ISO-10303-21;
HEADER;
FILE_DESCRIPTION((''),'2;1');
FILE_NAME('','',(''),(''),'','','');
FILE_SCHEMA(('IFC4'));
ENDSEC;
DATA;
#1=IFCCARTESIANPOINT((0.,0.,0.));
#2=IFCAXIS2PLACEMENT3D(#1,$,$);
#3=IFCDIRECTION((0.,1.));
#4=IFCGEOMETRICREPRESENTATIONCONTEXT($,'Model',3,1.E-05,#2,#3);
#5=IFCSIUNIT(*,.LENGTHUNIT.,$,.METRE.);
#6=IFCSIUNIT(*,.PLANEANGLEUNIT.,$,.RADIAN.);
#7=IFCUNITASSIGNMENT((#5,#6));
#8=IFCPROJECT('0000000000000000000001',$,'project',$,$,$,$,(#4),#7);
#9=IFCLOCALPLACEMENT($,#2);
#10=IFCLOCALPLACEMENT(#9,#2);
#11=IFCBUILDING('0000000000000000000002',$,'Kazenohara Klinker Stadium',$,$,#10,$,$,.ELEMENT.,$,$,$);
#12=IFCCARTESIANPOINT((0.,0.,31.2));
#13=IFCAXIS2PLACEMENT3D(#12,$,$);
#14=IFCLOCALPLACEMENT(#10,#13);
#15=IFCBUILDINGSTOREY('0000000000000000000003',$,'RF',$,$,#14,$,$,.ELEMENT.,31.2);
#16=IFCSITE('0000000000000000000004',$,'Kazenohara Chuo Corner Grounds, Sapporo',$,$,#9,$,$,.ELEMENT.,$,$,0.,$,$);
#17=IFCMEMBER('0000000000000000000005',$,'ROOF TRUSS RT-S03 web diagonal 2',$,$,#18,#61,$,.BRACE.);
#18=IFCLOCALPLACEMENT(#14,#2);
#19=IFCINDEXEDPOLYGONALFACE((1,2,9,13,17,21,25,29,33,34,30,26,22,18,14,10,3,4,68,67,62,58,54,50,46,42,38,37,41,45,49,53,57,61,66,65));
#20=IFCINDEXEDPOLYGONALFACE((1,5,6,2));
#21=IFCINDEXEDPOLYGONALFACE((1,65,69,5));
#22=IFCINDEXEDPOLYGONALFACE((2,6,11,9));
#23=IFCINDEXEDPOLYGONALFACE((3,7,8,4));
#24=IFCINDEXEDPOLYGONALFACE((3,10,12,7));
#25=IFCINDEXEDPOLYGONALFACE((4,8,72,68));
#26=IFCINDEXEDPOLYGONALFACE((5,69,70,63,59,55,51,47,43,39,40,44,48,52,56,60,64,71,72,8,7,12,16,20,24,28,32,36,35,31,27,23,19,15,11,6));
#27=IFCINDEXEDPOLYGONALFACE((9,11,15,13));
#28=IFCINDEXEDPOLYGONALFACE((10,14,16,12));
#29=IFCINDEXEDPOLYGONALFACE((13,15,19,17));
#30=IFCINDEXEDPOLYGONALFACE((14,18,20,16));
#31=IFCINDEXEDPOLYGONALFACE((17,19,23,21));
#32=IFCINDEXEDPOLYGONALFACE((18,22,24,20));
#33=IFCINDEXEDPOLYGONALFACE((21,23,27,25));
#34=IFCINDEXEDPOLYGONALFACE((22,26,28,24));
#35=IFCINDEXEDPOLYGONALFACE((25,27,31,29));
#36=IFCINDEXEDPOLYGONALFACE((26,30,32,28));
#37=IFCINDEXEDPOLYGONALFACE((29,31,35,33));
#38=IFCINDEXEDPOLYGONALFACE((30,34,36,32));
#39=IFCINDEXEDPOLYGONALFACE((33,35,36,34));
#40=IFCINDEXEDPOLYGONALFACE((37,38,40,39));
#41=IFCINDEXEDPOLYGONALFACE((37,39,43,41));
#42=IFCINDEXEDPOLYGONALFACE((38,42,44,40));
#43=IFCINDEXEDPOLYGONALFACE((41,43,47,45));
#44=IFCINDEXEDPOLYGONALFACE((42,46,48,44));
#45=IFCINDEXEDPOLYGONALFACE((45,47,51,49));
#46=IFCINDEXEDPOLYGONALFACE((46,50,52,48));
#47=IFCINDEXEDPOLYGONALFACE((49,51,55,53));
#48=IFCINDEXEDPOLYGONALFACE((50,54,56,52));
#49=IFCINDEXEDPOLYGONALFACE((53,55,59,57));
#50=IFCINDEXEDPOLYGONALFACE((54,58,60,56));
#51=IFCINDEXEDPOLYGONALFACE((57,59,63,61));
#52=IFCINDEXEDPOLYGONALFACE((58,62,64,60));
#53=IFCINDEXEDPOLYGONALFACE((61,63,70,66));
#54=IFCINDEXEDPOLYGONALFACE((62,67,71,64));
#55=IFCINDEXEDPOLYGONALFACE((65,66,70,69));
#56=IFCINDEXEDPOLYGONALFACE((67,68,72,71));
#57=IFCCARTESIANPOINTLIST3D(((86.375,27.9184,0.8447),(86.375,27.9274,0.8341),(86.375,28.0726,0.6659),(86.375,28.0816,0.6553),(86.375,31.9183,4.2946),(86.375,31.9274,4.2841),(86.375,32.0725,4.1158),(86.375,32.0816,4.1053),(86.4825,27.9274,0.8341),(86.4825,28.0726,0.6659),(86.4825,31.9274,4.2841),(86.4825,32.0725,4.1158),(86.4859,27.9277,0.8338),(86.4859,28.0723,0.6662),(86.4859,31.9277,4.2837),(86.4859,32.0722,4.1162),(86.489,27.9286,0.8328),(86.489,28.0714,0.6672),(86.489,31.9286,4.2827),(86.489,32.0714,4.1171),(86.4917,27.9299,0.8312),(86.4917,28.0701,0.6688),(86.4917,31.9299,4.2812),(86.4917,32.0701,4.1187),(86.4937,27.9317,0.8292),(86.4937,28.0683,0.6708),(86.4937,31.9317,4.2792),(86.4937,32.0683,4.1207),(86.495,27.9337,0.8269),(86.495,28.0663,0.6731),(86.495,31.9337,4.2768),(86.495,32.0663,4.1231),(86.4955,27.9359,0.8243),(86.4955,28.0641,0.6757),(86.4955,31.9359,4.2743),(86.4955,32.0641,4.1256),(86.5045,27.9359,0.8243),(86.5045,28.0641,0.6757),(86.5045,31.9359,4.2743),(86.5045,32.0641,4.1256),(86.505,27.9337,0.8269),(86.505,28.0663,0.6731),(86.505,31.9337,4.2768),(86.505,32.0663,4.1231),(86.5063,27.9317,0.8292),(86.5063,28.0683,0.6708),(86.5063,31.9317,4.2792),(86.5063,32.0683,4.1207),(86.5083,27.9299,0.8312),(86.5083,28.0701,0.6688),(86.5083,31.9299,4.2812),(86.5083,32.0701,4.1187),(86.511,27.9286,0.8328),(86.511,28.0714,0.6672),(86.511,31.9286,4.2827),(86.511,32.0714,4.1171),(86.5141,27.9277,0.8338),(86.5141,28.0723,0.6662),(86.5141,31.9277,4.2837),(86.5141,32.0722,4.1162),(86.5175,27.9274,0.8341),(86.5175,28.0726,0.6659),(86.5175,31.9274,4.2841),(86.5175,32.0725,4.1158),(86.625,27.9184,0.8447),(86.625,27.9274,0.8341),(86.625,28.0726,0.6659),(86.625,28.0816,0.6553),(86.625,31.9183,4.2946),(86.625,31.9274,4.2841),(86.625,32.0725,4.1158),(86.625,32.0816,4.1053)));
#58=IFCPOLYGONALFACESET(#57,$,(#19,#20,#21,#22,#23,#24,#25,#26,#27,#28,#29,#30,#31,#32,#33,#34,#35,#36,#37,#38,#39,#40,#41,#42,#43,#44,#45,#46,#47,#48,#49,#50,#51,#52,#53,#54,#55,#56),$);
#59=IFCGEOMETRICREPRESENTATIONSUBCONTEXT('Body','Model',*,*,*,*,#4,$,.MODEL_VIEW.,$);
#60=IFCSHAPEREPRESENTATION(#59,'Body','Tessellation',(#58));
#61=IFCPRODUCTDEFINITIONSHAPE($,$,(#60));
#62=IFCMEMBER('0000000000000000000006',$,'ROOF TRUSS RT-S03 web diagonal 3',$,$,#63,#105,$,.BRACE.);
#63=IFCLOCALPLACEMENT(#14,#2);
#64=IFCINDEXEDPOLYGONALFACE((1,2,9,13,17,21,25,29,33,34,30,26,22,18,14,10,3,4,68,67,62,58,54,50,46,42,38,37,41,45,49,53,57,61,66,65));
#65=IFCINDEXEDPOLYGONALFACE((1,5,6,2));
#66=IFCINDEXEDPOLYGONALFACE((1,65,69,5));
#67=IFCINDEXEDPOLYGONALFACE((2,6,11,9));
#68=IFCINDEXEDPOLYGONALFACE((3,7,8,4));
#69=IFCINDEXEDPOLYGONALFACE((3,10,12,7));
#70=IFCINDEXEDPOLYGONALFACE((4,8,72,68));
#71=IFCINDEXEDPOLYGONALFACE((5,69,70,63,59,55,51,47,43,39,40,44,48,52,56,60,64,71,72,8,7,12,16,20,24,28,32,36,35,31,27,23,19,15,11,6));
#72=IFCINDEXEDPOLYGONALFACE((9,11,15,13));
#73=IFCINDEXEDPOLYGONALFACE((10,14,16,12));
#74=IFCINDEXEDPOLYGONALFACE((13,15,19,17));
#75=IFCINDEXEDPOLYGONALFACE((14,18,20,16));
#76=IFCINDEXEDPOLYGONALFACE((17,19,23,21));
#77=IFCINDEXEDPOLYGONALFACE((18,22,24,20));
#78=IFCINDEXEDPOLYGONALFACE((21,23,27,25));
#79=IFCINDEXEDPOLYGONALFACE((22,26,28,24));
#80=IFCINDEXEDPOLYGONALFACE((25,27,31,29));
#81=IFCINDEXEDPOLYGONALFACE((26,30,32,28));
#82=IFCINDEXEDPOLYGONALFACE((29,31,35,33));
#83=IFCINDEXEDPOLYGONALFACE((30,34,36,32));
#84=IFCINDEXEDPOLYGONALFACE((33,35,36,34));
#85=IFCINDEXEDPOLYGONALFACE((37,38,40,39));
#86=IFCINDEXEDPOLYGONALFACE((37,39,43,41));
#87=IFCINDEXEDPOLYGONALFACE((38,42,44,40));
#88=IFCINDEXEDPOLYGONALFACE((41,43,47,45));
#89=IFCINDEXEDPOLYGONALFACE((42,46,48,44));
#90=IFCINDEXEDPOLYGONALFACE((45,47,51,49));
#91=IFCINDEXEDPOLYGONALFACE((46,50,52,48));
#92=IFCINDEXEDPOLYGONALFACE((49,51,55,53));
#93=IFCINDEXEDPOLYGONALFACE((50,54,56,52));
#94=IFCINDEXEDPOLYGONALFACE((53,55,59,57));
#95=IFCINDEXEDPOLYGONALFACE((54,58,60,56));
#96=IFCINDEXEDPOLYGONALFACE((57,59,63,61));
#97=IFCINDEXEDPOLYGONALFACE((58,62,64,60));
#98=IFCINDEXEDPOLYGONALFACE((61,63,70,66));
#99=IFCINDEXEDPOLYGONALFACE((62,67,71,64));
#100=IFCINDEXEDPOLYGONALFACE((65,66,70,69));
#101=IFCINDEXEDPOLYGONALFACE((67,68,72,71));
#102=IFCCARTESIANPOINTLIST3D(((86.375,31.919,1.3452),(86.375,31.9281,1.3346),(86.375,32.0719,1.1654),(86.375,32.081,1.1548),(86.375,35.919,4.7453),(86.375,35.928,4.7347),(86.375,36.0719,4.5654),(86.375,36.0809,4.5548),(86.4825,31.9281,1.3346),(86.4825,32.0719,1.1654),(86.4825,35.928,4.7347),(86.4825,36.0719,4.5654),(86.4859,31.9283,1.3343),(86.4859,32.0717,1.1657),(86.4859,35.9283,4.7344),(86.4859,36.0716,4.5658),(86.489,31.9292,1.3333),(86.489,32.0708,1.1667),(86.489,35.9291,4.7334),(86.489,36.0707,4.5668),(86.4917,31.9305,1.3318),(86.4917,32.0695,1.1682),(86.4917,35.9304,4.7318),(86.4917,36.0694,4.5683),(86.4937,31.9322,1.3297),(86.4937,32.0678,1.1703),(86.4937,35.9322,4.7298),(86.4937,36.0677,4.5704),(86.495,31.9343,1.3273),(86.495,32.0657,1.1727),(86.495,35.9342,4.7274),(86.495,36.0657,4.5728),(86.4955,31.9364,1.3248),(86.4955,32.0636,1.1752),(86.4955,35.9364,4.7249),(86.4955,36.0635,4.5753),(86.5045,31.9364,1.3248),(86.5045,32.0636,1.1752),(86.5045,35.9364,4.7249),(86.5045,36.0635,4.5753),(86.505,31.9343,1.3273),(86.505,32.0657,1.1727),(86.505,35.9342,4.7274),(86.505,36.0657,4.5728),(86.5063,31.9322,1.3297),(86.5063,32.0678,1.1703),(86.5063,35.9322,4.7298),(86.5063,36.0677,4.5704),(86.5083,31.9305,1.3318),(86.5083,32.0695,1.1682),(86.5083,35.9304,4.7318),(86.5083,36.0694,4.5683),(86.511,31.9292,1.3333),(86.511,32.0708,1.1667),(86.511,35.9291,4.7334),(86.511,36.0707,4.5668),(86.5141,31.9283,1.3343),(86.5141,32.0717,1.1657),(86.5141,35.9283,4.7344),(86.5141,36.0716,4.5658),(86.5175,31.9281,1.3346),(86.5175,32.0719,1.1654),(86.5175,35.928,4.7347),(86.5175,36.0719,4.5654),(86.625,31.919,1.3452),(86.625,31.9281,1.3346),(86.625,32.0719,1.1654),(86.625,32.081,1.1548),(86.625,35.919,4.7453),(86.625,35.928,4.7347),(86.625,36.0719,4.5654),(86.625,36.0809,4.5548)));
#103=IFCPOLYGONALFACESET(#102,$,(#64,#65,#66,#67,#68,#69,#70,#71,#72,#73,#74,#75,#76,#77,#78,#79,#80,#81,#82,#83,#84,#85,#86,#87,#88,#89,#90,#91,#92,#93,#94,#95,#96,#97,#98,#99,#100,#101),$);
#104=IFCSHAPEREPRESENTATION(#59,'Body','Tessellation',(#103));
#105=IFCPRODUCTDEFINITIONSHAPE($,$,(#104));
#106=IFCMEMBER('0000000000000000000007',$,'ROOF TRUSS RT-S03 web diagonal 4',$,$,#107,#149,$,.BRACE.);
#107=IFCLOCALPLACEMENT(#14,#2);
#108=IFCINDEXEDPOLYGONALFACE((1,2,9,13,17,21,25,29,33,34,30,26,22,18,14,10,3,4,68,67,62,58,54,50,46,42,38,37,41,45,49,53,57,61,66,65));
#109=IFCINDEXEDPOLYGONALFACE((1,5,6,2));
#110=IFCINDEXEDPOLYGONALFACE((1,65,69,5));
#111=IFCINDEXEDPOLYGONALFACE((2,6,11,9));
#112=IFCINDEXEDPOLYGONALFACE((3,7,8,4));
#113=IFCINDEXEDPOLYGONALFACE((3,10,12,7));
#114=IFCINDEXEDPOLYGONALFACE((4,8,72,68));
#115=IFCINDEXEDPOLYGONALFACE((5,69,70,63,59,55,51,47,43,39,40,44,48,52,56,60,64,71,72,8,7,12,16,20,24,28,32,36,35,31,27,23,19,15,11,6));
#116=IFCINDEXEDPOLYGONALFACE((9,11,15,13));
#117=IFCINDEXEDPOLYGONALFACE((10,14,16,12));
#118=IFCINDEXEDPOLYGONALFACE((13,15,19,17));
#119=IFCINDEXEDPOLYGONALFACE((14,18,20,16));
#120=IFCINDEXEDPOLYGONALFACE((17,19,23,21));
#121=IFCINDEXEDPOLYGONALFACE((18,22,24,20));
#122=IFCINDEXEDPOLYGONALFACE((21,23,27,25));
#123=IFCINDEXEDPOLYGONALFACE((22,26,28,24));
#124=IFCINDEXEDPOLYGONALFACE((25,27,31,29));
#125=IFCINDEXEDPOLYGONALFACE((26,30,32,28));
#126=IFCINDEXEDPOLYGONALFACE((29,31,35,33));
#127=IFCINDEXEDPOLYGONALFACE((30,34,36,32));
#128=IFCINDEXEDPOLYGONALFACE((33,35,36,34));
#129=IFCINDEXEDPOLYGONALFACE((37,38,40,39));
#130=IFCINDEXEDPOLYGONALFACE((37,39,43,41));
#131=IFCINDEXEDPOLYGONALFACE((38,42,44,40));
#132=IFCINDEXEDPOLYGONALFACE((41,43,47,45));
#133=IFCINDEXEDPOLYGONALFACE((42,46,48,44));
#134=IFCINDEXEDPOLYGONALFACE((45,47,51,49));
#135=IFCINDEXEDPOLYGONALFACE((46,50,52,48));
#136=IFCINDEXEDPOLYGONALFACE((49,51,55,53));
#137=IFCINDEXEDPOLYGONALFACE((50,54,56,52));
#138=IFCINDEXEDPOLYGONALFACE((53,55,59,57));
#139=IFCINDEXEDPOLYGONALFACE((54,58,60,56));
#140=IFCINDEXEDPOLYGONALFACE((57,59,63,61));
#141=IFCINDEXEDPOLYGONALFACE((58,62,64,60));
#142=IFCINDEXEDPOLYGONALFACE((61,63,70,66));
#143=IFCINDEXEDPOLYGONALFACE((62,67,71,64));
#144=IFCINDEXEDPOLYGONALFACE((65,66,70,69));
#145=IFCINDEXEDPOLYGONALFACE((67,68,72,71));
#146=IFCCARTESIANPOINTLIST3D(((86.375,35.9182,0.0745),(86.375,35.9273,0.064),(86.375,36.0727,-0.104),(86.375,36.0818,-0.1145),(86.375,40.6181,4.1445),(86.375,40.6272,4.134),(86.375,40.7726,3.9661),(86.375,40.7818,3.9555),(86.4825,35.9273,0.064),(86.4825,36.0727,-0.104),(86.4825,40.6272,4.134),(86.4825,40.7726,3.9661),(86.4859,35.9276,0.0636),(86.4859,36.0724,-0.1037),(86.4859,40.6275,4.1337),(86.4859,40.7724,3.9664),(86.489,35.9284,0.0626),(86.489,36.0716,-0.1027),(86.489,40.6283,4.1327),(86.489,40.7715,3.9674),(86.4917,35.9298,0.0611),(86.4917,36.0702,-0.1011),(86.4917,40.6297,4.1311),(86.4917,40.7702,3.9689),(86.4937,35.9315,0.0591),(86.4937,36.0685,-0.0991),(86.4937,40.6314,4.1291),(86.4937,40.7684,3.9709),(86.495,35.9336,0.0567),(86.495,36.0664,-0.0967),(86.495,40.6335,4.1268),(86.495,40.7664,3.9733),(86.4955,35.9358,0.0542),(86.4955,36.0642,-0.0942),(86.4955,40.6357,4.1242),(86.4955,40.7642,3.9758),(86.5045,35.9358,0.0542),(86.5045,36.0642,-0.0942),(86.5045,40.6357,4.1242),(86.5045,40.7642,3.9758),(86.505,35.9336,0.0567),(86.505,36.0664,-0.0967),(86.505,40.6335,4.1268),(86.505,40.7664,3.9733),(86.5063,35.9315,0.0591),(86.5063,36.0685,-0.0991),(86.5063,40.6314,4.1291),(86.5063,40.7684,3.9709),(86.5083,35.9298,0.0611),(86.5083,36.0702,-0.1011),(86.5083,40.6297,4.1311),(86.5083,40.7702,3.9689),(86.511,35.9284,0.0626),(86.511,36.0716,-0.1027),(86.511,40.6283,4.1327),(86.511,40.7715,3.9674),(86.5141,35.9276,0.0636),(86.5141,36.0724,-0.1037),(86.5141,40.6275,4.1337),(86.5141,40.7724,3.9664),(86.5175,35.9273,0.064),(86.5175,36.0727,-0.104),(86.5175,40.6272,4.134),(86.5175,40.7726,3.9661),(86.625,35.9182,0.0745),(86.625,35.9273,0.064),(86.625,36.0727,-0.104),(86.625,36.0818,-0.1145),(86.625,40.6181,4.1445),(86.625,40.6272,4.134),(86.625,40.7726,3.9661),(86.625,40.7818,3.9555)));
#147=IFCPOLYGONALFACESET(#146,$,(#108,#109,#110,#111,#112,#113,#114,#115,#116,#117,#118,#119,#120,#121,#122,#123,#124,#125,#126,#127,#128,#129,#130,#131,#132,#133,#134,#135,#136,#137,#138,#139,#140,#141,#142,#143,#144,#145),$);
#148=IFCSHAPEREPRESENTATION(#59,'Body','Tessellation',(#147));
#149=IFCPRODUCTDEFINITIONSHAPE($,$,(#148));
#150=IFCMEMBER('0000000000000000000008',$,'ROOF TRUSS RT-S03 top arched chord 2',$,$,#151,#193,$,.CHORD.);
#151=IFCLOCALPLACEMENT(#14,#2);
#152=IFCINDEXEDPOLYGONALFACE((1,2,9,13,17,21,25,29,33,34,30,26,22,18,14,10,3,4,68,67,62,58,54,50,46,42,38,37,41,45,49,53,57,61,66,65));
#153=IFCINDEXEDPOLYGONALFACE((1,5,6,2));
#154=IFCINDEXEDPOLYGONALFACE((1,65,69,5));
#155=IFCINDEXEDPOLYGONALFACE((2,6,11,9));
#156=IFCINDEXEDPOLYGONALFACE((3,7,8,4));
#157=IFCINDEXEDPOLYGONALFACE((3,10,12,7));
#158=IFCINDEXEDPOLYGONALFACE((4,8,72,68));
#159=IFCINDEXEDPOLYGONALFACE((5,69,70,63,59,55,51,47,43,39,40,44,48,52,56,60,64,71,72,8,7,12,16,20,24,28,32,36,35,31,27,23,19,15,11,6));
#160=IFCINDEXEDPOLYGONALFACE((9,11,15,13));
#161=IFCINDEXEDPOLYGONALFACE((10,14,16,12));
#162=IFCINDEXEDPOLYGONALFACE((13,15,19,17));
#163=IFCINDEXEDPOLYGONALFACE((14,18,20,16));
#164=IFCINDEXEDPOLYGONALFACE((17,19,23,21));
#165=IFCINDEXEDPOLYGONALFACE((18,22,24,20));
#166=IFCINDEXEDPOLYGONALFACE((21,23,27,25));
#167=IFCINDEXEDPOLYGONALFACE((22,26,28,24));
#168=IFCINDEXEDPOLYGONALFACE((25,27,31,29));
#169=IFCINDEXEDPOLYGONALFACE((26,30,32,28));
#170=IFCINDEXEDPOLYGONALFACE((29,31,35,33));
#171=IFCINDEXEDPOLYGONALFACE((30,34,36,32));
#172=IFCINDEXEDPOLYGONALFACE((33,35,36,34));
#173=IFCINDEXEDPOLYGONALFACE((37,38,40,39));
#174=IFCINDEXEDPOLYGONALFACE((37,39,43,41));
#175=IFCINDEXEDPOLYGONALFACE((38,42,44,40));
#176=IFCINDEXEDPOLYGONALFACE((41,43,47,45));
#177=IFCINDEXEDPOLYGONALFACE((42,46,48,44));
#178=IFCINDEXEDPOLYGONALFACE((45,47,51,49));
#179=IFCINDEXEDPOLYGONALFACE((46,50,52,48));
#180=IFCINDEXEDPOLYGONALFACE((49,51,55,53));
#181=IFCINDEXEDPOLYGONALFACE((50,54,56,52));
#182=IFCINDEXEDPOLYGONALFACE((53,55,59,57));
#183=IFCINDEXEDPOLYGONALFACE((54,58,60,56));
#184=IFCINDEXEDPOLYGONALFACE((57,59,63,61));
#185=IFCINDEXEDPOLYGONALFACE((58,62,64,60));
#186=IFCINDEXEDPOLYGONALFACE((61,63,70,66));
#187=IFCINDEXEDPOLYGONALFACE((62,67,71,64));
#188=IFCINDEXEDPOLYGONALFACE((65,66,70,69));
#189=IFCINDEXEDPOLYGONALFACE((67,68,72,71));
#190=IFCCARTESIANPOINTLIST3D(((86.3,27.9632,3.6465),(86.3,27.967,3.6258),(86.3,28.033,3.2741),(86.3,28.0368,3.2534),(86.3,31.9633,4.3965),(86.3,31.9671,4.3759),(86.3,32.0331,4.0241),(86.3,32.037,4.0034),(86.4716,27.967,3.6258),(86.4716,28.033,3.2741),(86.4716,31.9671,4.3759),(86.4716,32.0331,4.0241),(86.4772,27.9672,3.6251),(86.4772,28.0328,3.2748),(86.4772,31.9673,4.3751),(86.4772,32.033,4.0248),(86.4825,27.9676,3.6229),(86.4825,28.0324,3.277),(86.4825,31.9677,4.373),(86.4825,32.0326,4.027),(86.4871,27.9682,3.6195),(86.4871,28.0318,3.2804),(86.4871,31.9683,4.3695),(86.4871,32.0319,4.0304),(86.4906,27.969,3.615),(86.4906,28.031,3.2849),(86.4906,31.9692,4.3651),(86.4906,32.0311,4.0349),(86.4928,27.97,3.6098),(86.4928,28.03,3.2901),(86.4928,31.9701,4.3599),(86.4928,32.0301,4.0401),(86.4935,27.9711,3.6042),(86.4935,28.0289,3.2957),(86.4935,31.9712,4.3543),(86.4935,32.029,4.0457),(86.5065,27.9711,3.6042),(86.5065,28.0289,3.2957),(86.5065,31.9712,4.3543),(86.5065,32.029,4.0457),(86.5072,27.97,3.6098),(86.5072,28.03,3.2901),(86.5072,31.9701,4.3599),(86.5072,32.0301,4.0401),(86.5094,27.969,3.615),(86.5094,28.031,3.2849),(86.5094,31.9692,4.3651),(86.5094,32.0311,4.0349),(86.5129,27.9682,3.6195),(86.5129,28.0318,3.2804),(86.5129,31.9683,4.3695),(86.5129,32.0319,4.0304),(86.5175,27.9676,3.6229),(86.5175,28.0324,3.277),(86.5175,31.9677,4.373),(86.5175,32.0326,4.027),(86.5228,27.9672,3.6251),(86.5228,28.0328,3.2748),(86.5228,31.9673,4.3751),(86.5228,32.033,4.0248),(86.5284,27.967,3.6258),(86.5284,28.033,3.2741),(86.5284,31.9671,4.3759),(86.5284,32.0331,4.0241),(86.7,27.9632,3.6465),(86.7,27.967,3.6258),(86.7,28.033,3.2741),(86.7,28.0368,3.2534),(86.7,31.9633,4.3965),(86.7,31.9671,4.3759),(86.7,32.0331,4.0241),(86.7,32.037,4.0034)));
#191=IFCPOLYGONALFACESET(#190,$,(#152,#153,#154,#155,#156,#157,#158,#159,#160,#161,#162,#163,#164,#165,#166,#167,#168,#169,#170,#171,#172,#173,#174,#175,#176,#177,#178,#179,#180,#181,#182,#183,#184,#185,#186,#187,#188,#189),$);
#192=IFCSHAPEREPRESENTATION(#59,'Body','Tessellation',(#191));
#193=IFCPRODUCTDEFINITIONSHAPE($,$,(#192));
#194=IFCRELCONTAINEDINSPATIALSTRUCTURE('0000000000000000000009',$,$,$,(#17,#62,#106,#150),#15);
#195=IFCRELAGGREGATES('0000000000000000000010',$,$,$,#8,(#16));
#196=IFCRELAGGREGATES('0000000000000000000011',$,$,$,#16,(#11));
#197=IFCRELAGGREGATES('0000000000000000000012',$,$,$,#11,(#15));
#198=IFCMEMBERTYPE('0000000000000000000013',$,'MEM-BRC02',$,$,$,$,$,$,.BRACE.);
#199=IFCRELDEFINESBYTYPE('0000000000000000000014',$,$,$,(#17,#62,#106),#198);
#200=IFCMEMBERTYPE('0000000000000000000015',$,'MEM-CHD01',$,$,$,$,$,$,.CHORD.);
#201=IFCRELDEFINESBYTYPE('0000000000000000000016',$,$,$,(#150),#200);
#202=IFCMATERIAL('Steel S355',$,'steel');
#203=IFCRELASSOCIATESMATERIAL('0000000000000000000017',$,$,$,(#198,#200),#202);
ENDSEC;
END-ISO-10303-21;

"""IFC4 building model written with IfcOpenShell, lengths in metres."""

from ifc_helpers import new_model, si_unit, direction, frame, origin, origin_2d, place, context, subcontext, project, spatial, i_section, extrude, material, material_profile, profile_set, type_object, element, save


model = new_model("IFC4")

# Units and contexts
model_context = context("Model", 3, precision=1e-05, world=origin(), true_north=direction((0.0, 1.0)))
body_context = subcontext(model_context, "Body", "Model", "MODEL_VIEW")
ifc_project = project(units=[si_unit("LENGTHUNIT", "METRE"), si_unit("PLANEANGLEUNIT", "RADIAN")], contexts=[model_context])

# Site, building, storey
site_placement = place(None, origin())
site = spatial("IfcSite", under=ifc_project, at=site_placement, Name="Kazenohara Chuo Corner Grounds, Sapporo", CompositionType="ELEMENT", RefElevation=0.0)
building_placement = place(site_placement, origin())
building = spatial("IfcBuilding", under=site, at=building_placement, Name="Kazenohara Klinker Stadium", CompositionType="ELEMENT")
storey_placement = place(building_placement, frame((0.0, 0.0, 31.2)))
storey = spatial("IfcBuildingStorey", under=building, at=storey_placement, Name="RF", CompositionType="ELEMENT", Elevation=31.2)

# Members
ifc_material_1 = material(Name="Steel S355", Category="steel")
ifc_material_profile_1 = material_profile(ifc_material_1, i_section(OverallWidth=0.25, OverallDepth=0.25, WebThickness=0.009, FlangeThickness=0.0139, FilletRadius=0.0129, at=origin_2d()), Name="H-250x250x9x14")
ifc_profile_set_1 = profile_set([ifc_material_profile_1], Name="Steel S355")
member_type_1 = type_object("IfcMemberType", Name="MEM-BRC02", PredefinedType="BRACE", material=ifc_profile_set_1)
member_1_placement = place(storey_placement, frame((86.5, 28.0, 0.75), z_axis=(0.0, 0.757253, 0.653122), x_axis=(-1.0, 0.0, 0.0)))
element("IfcMember", 1, at=member_1_placement, inside=storey, type_object=member_type_1, Name="ROOF TRUSS RT-S03 web diagonal 2", PredefinedType="BRACE", context=body_context, shape_type="SweptSolid", body=[
    extrude(i_section(OverallWidth=0.25, OverallDepth=0.25, WebThickness=0.009, FlangeThickness=0.0139, FilletRadius=0.0129, at=origin_2d()), origin(), (0.0, 0.0, 1.0), 5.2822),
])
member_2_placement = place(storey_placement, frame((86.5, 32.0, 1.25), z_axis=(0.0, 0.761926, 0.647665), x_axis=(-1.0, 0.0, 0.0)))
element("IfcMember", 2, at=member_2_placement, inside=storey, type_object=member_type_1, Name="ROOF TRUSS RT-S03 web diagonal 3", PredefinedType="BRACE", context=body_context, shape_type="SweptSolid", body=[
    extrude(i_section(OverallWidth=0.25, OverallDepth=0.25, WebThickness=0.009, FlangeThickness=0.0139, FilletRadius=0.0129, at=origin_2d()), origin(), (0.0, 0.0, 1.0), 5.2498),
])
member_3_placement = place(storey_placement, frame((86.5, 36.0, -0.02), z_axis=(0.0, 0.755946, 0.654634), x_axis=(-1.0, 0.0, 0.0)))
element("IfcMember", 3, at=member_3_placement, inside=storey, type_object=member_type_1, Name="ROOF TRUSS RT-S03 web diagonal 4", PredefinedType="BRACE", context=body_context, shape_type="SweptSolid", body=[
    extrude(i_section(OverallWidth=0.25, OverallDepth=0.25, WebThickness=0.009, FlangeThickness=0.0139, FilletRadius=0.0129, at=origin_2d()), origin(), (0.0, 0.0, 1.0), 6.2173),
])
ifc_material_profile_2 = material_profile(ifc_material_1, i_section(OverallWidth=0.3999, OverallDepth=0.3999, WebThickness=0.0129, FlangeThickness=0.021, FilletRadius=0.022, at=origin_2d()), Name="H-400x400x13x21")
ifc_profile_set_2 = profile_set([ifc_material_profile_2], Name="Steel S355")
member_type_2 = type_object("IfcMemberType", Name="MEM-CHD01", PredefinedType="CHORD", material=ifc_profile_set_2)
member_4_placement = place(storey_placement, frame((86.5, 28.0, 3.45), z_axis=(0.0, 0.982872, 0.184289), x_axis=(-1.0, 0.0, 0.0)))
element("IfcMember", 4, at=member_4_placement, inside=storey, type_object=member_type_2, Name="ROOF TRUSS RT-S03 top arched chord 2", PredefinedType="CHORD", context=body_context, shape_type="SweptSolid", body=[
    extrude(i_section(OverallWidth=0.3999, OverallDepth=0.3999, WebThickness=0.0129, FlangeThickness=0.021, FilletRadius=0.022, at=origin_2d()), origin(), (0.0, 0.0, 1.0), 4.0698),
])

save(model, "model.ifc")
